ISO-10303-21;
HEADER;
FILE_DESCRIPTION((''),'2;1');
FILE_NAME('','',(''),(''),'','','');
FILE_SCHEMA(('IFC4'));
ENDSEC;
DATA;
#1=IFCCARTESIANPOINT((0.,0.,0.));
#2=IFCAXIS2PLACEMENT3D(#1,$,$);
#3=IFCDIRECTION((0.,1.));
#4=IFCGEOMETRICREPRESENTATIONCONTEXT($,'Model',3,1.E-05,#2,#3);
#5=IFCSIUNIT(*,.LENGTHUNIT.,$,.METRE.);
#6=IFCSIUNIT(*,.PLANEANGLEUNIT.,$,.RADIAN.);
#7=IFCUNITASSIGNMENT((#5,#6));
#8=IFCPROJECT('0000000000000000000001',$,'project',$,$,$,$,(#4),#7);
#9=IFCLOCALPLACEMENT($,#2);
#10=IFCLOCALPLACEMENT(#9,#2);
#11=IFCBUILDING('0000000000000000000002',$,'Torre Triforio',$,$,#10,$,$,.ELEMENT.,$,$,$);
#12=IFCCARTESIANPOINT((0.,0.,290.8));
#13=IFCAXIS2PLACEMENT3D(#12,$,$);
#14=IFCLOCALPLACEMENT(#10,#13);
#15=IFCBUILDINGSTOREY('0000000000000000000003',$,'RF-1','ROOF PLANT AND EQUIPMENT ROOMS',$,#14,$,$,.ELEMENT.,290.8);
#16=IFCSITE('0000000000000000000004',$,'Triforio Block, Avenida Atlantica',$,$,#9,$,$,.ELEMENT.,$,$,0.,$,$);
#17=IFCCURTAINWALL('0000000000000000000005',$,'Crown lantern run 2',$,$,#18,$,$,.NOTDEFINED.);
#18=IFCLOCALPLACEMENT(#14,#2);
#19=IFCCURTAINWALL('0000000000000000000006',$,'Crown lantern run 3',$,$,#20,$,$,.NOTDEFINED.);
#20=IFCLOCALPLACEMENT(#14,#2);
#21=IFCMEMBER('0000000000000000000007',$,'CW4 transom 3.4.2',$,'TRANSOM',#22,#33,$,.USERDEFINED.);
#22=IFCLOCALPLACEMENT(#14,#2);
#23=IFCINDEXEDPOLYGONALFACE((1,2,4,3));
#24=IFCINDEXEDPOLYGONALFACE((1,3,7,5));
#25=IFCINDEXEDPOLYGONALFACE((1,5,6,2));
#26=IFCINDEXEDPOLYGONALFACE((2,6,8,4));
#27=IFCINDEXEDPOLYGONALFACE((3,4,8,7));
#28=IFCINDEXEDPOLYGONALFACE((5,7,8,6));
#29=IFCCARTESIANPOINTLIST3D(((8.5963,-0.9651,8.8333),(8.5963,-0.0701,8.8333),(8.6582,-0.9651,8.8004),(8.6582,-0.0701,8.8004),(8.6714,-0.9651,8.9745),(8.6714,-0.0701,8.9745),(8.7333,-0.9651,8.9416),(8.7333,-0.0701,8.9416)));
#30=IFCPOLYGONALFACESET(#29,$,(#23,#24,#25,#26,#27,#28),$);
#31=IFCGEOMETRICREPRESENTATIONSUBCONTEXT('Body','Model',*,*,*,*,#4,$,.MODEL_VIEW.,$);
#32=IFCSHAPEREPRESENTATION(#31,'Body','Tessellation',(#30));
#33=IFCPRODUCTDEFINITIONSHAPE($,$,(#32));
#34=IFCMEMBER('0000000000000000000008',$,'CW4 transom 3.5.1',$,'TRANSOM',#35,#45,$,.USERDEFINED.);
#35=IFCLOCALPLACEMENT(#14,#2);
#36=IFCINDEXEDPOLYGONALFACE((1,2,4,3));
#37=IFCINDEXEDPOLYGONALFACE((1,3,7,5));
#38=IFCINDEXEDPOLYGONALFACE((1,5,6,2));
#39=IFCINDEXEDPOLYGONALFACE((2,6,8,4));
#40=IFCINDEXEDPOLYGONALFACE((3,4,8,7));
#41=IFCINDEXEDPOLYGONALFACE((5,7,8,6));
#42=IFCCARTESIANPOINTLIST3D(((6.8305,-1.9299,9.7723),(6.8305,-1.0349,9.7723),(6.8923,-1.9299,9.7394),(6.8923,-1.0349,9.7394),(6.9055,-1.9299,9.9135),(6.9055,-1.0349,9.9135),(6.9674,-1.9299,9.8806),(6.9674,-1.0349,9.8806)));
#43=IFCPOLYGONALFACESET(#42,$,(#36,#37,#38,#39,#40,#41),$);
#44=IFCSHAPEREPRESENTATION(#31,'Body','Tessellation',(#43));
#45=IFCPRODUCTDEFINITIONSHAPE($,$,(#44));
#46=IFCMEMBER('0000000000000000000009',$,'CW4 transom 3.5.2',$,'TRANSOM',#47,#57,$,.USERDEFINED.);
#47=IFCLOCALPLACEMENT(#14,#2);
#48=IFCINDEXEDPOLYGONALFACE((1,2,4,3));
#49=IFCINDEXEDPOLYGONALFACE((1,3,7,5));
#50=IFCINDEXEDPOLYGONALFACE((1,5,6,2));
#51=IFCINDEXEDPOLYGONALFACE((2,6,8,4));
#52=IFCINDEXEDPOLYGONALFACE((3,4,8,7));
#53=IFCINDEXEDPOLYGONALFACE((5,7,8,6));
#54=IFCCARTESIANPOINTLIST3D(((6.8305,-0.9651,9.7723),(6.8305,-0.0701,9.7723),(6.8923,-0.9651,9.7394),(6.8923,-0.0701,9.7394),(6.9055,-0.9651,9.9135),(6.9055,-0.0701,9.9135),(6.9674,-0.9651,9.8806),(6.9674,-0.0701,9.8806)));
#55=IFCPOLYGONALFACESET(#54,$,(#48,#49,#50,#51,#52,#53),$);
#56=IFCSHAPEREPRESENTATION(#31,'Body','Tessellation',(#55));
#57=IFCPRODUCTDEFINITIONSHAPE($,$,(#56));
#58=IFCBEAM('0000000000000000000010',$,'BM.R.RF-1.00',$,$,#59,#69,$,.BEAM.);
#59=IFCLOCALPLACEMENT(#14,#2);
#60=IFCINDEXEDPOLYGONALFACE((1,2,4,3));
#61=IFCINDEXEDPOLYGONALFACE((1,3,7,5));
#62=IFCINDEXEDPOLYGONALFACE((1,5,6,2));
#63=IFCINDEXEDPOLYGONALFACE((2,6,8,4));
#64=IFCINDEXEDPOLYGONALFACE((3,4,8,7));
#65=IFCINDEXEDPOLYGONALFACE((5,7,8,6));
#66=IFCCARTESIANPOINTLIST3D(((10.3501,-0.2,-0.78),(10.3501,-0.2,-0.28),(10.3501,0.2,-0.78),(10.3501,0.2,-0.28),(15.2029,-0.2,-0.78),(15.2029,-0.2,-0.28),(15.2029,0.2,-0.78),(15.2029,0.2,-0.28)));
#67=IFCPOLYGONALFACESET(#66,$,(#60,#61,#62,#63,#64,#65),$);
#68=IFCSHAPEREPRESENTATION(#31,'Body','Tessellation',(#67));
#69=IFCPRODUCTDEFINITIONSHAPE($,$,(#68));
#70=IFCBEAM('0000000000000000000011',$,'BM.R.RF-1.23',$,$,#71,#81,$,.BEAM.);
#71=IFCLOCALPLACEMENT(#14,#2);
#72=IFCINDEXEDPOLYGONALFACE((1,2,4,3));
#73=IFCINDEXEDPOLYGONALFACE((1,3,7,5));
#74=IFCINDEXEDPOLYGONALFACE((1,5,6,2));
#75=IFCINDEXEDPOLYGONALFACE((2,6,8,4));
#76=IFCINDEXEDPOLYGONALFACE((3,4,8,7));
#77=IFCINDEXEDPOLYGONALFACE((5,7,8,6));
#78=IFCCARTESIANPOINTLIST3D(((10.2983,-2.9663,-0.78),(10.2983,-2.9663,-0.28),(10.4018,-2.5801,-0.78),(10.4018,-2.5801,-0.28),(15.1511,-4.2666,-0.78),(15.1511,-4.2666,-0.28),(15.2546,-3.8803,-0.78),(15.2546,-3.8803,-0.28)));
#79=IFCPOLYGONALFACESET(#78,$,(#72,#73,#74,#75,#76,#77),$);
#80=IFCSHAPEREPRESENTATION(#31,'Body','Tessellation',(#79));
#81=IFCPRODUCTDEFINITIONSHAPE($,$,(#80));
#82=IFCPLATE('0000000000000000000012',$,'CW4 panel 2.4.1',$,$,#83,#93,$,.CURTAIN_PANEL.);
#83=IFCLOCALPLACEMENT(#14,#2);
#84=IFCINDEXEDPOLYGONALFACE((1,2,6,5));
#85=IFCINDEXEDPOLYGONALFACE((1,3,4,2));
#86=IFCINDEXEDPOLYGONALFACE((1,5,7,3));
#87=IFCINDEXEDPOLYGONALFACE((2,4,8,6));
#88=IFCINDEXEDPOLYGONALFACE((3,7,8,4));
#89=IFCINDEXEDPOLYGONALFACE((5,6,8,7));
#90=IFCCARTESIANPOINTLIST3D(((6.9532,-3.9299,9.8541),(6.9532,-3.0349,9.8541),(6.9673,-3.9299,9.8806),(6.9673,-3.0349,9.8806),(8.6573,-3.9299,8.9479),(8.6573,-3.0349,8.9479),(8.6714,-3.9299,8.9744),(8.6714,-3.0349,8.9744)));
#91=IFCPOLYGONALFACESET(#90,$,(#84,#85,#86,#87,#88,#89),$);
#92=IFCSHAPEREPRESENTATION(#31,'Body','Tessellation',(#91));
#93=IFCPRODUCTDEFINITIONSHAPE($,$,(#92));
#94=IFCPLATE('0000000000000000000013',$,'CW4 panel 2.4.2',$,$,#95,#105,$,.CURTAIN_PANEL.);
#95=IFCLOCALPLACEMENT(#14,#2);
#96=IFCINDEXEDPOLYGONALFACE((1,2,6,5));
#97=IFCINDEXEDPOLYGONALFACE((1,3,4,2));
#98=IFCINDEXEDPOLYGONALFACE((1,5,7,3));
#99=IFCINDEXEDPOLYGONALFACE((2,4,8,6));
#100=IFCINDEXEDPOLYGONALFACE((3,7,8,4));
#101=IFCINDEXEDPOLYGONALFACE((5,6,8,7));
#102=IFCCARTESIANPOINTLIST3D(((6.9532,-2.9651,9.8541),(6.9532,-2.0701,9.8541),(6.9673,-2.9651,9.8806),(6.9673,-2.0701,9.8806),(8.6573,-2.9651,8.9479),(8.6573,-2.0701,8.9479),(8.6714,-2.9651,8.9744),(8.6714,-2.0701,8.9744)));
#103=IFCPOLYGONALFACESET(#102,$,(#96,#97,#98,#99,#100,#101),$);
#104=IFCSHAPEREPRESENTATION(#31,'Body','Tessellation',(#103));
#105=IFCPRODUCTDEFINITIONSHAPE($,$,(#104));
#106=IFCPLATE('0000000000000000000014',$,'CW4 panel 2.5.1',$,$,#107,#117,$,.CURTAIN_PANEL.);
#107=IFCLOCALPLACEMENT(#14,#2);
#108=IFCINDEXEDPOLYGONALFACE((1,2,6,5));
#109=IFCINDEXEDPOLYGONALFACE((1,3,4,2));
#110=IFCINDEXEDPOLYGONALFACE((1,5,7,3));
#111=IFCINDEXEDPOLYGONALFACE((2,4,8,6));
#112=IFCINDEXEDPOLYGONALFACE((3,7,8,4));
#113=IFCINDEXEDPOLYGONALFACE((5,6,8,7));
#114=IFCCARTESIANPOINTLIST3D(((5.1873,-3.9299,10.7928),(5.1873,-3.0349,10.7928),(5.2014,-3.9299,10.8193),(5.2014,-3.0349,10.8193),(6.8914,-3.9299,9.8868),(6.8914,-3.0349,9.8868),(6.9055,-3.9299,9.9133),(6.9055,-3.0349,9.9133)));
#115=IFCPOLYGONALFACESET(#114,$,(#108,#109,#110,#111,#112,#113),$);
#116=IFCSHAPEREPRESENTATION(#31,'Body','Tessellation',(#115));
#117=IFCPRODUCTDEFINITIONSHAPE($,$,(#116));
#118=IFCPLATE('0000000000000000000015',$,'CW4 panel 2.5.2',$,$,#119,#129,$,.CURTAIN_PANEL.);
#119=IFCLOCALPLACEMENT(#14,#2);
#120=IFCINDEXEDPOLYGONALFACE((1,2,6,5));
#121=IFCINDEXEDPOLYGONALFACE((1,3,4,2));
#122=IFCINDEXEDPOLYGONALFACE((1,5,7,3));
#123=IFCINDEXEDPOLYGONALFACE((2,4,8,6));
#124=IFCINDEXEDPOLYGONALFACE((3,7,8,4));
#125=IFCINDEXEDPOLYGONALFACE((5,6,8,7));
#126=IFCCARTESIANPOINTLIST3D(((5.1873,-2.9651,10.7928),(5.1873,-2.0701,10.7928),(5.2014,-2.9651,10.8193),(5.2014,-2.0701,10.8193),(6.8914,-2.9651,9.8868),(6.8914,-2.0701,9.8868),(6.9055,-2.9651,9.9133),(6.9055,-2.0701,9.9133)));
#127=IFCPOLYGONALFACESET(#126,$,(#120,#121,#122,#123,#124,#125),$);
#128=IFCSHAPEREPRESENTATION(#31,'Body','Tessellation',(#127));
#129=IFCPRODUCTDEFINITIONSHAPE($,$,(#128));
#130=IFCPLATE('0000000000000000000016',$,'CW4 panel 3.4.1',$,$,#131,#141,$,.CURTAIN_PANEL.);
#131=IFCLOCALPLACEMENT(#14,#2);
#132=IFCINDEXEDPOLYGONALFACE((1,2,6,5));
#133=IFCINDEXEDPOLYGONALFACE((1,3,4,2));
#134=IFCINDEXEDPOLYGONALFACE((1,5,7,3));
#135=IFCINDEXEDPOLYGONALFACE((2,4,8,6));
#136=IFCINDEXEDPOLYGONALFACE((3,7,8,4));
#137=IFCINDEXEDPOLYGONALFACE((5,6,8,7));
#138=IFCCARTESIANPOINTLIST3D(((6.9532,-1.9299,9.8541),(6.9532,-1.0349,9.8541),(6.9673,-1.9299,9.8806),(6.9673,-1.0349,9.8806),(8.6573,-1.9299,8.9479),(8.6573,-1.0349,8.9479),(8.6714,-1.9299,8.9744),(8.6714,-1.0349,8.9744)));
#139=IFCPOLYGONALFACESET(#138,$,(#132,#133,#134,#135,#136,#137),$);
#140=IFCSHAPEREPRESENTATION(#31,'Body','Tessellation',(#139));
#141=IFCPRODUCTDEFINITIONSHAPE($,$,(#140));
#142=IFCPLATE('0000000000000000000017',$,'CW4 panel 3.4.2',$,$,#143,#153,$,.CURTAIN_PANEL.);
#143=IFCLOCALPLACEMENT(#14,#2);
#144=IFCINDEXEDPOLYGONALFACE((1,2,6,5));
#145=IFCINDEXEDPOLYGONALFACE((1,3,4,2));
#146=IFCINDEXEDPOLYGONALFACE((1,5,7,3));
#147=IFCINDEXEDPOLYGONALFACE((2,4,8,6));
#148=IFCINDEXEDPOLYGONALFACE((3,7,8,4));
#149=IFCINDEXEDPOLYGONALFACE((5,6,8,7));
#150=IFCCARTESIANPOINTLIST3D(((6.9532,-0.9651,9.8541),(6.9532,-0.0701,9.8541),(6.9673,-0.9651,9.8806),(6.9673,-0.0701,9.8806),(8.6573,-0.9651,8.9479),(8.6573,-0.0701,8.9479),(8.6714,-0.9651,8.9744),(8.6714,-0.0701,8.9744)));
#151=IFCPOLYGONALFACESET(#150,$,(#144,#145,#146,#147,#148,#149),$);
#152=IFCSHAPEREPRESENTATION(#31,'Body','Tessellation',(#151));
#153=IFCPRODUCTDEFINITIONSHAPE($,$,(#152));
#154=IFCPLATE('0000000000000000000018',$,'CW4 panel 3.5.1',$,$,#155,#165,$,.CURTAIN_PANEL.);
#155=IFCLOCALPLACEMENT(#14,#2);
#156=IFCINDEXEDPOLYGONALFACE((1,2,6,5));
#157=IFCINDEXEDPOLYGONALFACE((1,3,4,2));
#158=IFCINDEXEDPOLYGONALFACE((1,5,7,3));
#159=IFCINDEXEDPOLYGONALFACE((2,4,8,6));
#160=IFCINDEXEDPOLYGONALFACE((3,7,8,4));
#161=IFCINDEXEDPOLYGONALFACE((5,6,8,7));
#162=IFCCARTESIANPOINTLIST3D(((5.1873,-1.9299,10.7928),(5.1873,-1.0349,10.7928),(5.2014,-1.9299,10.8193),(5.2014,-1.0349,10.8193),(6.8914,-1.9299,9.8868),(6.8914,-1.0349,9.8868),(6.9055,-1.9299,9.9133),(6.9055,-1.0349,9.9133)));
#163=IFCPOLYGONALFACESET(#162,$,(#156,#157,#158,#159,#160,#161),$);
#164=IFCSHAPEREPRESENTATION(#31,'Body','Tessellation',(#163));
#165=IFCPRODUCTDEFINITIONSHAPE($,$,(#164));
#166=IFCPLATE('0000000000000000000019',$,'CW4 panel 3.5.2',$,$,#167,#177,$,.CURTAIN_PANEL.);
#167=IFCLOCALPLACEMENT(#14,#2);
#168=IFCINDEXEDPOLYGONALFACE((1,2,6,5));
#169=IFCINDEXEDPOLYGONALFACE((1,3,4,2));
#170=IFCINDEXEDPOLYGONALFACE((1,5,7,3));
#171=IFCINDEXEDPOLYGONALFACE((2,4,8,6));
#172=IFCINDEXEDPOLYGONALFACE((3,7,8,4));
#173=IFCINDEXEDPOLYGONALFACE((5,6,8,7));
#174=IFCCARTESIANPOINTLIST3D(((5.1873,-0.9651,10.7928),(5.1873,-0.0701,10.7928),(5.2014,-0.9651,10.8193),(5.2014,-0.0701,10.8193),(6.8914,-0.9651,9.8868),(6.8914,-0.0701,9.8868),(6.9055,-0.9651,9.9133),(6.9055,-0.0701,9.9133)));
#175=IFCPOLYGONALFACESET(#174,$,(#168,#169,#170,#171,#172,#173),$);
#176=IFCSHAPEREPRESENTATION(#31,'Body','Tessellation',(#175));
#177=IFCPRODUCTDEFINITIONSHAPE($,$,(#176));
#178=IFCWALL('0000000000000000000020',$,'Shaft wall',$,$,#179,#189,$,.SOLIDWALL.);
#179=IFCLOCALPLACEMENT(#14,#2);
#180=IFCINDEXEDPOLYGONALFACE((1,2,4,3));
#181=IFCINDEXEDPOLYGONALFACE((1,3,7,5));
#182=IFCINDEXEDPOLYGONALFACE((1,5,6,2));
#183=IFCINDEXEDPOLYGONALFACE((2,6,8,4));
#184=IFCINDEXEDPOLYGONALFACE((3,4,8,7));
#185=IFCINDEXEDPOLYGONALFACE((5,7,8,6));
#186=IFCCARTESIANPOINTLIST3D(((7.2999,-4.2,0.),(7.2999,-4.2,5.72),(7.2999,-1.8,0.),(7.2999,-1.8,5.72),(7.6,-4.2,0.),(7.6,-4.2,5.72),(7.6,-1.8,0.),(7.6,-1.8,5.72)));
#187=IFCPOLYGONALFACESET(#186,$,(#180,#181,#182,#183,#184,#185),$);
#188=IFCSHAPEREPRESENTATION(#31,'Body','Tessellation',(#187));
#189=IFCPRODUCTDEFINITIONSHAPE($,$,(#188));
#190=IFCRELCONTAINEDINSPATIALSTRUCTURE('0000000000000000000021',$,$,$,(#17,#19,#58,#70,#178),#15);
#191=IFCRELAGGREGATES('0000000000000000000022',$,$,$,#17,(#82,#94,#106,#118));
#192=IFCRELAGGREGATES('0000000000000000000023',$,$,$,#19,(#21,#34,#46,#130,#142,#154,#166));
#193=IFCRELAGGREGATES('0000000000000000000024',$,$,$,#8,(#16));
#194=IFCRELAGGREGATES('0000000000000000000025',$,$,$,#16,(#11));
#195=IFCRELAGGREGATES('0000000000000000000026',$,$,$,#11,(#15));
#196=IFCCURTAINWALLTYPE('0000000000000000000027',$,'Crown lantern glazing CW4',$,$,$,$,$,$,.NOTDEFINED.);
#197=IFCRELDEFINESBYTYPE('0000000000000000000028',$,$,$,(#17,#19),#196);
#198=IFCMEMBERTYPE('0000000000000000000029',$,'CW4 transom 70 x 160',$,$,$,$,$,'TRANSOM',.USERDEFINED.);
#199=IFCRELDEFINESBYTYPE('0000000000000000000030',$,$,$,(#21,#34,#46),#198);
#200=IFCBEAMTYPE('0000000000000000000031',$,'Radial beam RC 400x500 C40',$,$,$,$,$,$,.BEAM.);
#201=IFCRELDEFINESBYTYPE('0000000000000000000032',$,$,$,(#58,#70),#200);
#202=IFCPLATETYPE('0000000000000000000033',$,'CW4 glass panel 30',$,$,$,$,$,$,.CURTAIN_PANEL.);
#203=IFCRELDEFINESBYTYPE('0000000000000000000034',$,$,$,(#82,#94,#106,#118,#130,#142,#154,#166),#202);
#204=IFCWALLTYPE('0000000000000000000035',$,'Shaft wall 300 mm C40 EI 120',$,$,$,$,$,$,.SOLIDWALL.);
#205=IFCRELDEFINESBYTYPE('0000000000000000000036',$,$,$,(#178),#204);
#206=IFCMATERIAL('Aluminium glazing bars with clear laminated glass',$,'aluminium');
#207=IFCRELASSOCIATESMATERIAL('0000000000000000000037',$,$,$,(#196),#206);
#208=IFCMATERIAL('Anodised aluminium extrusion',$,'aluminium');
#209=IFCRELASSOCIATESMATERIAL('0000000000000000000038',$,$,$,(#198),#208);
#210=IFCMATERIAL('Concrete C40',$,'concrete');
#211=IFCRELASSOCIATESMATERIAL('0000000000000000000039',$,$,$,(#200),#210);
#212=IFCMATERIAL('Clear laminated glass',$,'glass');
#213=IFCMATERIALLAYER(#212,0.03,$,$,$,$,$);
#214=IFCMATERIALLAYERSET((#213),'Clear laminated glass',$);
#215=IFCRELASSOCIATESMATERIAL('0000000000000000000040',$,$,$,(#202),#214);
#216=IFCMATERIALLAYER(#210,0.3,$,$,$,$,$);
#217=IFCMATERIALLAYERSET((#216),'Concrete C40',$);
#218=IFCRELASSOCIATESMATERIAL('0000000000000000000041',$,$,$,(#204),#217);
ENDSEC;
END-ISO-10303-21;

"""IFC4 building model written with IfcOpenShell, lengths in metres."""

from ifc_helpers import new_model, si_unit, direction, frame, frame_2d, origin, origin_2d, place, context, subcontext, project, spatial, polyline, rectangle, outline, extrude, material, layer, layer_set, material_profile, profile_set, type_object, element, aggregate, save


model = new_model("IFC4")

# Units and contexts
model_context = context("Model", 3, precision=1e-05, world=origin(), true_north=direction((0.0, 1.0)))
body_context = subcontext(model_context, "Body", "Model", "MODEL_VIEW")
ifc_project = project(units=[si_unit("LENGTHUNIT", "METRE"), si_unit("PLANEANGLEUNIT", "RADIAN")], contexts=[model_context])

# Site, building, storey
site_placement = place(None, origin())
site = spatial("IfcSite", under=ifc_project, at=site_placement, Name="Triforio Block, Avenida Atlantica", CompositionType="ELEMENT", RefElevation=0.0)
building_placement = place(site_placement, origin())
building = spatial("IfcBuilding", under=site, at=building_placement, Name="Torre Triforio", CompositionType="ELEMENT")
storey_placement = place(building_placement, frame((0.0, 0.0, 290.8)))
storey = spatial("IfcBuildingStorey", under=building, at=storey_placement, Name="RF-1", Description="ROOF PLANT AND EQUIPMENT ROOMS", CompositionType="ELEMENT", Elevation=290.8)

# Shared definitions
ifc_material_1 = material(Name="Aluminium glazing bars with clear laminated glass", Category="aluminium")
curtain_wall_type = type_object("IfcCurtainWallType", Name="Crown lantern glazing CW4", PredefinedType="NOTDEFINED", material=ifc_material_1)
ifc_material_2 = material(Name="Anodised aluminium extrusion", Category="aluminium")

# Curtain walls
curtain_wall_1_placement = place(storey_placement, origin())
curtain_wall_1 = element("IfcCurtainWall", 1, at=curtain_wall_1_placement, inside=storey, type_object=curtain_wall_type, Name="Crown lantern run 2", PredefinedType="NOTDEFINED")
curtain_wall_2_placement = place(storey_placement, origin())
curtain_wall_2 = element("IfcCurtainWall", 2, at=curtain_wall_2_placement, inside=storey, type_object=curtain_wall_type, Name="Crown lantern run 3", PredefinedType="NOTDEFINED")

# Members
ifc_material_profile_1 = material_profile(ifc_material_2, rectangle(XDim=0.0701, YDim=0.1599, at=origin_2d()), Name="CW4 TRANSOM 70x160")
ifc_profile_set_1 = profile_set([ifc_material_profile_1], Name="Anodised aluminium extrusion")
member_type_1 = type_object("IfcMemberType", Name="CW4 transom 70 x 160", ElementType="TRANSOM", PredefinedType="USERDEFINED", material=ifc_profile_set_1)
member_1_placement = place(storey_placement, frame((8.6648, -0.9651, 8.8875), z_axis=(0.0, 1.0, 0.0), x_axis=(-0.882948, 0.0, 0.469472)))
member_1 = element("IfcMember", 3, at=member_1_placement, type_object=member_type_1, Name="CW4 transom 3.4.2", ObjectType="TRANSOM", PredefinedType="USERDEFINED", context=body_context, shape_type="SweptSolid", body=[
    extrude(rectangle(XDim=0.0701, YDim=0.1599, at=origin_2d()), origin(), (0.0, 0.0, 1.0), 0.895),
])
member_2_placement = place(storey_placement, frame((6.8989, -1.9299, 9.8264), z_axis=(0.0, 1.0, 0.0), x_axis=(-0.882948, 0.0, 0.469472)))
member_2 = element("IfcMember", 4, at=member_2_placement, type_object=member_type_1, Name="CW4 transom 3.5.1", ObjectType="TRANSOM", PredefinedType="USERDEFINED", context=body_context, shape_type="SweptSolid", body=[
    extrude(rectangle(XDim=0.0701, YDim=0.1599, at=origin_2d()), origin(), (0.0, 0.0, 1.0), 0.895),
])
member_3_placement = place(storey_placement, frame((6.8989, -0.9651, 9.8264), z_axis=(0.0, 1.0, 0.0), x_axis=(-0.882948, 0.0, 0.469472)))
member_3 = element("IfcMember", 5, at=member_3_placement, type_object=member_type_1, Name="CW4 transom 3.5.2", ObjectType="TRANSOM", PredefinedType="USERDEFINED", context=body_context, shape_type="SweptSolid", body=[
    extrude(rectangle(XDim=0.0701, YDim=0.1599, at=origin_2d()), origin(), (0.0, 0.0, 1.0), 0.895),
])

# Beams
ifc_material_3 = material(Name="Concrete C40", Category="concrete")
ifc_material_profile_2 = material_profile(ifc_material_3, rectangle(XDim=0.3999, YDim=0.5, at=origin_2d()), Name="RC 400x500")
ifc_profile_set_2 = profile_set([ifc_material_profile_2], Name="Concrete C40")
beam_type = type_object("IfcBeamType", Name="Radial beam RC 400x500 C40", PredefinedType="BEAM", material=ifc_profile_set_2)
beam_1_placement = place(storey_placement, frame((10.3501, 0.0, -0.53), z_axis=(1.0, 0.0, 0.0), x_axis=(0.0, 1.0, 0.0)))
element("IfcBeam", 6, at=beam_1_placement, inside=storey, type_object=beam_type, Name="BM.R.RF-1.00", PredefinedType="BEAM", context=body_context, shape_type="SweptSolid", body=[
    extrude(rectangle(XDim=0.3999, YDim=0.5, at=origin_2d()), origin(), (0.0, 0.0, 1.0), 4.8528),
])
beam_2_placement = place(storey_placement, frame((10.3501, -2.7732, -0.53), z_axis=(0.965926, -0.258818, 0.0), x_axis=(0.258818, 0.965926, 0.0)))
element("IfcBeam", 7, at=beam_2_placement, inside=storey, type_object=beam_type, Name="BM.R.RF-1.23", PredefinedType="BEAM", context=body_context, shape_type="SweptSolid", body=[
    extrude(rectangle(XDim=0.3999, YDim=0.5, at=origin_2d()), origin(), (0.0, 0.0, 1.0), 5.0239),
])

# Plates
ifc_material_4 = material(Name="Clear laminated glass", Category="glass")
ifc_layer_1 = layer(ifc_material_4, 0.03)
ifc_layer_set_1 = layer_set([ifc_layer_1], Name="Clear laminated glass")
plate_type = type_object("IfcPlateType", Name="CW4 glass panel 30", PredefinedType="CURTAIN_PANEL", material=ifc_layer_set_1)
plate_1_placement = place(storey_placement, frame((8.6714, -3.9299, 8.9744), z_axis=(0.469537, 0.0, 0.882913), x_axis=(0.0, 1.0, 0.0)))
plate_1 = element("IfcPlate", 8, at=plate_1_placement, type_object=plate_type, Name="CW4 panel 2.4.1", PredefinedType="CURTAIN_PANEL", context=body_context, shape_type="SweptSolid", body=[
    extrude(outline(polyline([(0.0, 0.0), (0.895, 0.0), (0.895, 1.9301), (0.0, 1.9301), (0.0, 0.0)])), origin(), (0.0, 0.0, -1.0), 0.03),
])
plate_2_placement = place(storey_placement, frame((8.6714, -2.9651, 8.9744), z_axis=(0.469537, 0.0, 0.882913), x_axis=(0.0, 1.0, 0.0)))
plate_2 = element("IfcPlate", 9, at=plate_2_placement, type_object=plate_type, Name="CW4 panel 2.4.2", PredefinedType="CURTAIN_PANEL", context=body_context, shape_type="SweptSolid", body=[
    extrude(outline(polyline([(0.0, 0.0), (0.895, 0.0), (0.895, 1.9301), (0.0, 1.9301), (0.0, 0.0)])), origin(), (0.0, 0.0, -1.0), 0.03),
])
plate_3_placement = place(storey_placement, frame((6.9055, -3.9299, 9.9133), z_axis=(0.469439, 0.0, 0.882965), x_axis=(0.0, 1.0, 0.0)))
plate_3 = element("IfcPlate", 10, at=plate_3_placement, type_object=plate_type, Name="CW4 panel 2.5.1", PredefinedType="CURTAIN_PANEL", context=body_context, shape_type="SweptSolid", body=[
    extrude(outline(polyline([(0.0, 0.0), (0.895, 0.0), (0.895, 1.93), (0.0, 1.93), (0.0, 0.0)])), origin(), (0.0, 0.0, -1.0), 0.03),
])
plate_4_placement = place(storey_placement, frame((6.9055, -2.9651, 9.9133), z_axis=(0.469439, 0.0, 0.882965), x_axis=(0.0, 1.0, 0.0)))
plate_4 = element("IfcPlate", 11, at=plate_4_placement, type_object=plate_type, Name="CW4 panel 2.5.2", PredefinedType="CURTAIN_PANEL", context=body_context, shape_type="SweptSolid", body=[
    extrude(outline(polyline([(0.0, 0.0), (0.895, 0.0), (0.895, 1.93), (0.0, 1.93), (0.0, 0.0)])), origin(), (0.0, 0.0, -1.0), 0.03),
])
aggregate(curtain_wall_1, [plate_1, plate_2, plate_3, plate_4])
plate_5_placement = place(storey_placement, frame((8.6714, -1.9299, 8.9744), z_axis=(0.469537, 0.0, 0.882913), x_axis=(0.0, 1.0, 0.0)))
plate_5 = element("IfcPlate", 12, at=plate_5_placement, type_object=plate_type, Name="CW4 panel 3.4.1", PredefinedType="CURTAIN_PANEL", context=body_context, shape_type="SweptSolid", body=[
    extrude(outline(polyline([(0.0, 0.0), (0.895, 0.0), (0.895, 1.9301), (0.0, 1.9301), (0.0, 0.0)])), origin(), (0.0, 0.0, -1.0), 0.03),
])
plate_6_placement = place(storey_placement, frame((8.6714, -0.9651, 8.9744), z_axis=(0.469537, 0.0, 0.882913), x_axis=(0.0, 1.0, 0.0)))
plate_6 = element("IfcPlate", 13, at=plate_6_placement, type_object=plate_type, Name="CW4 panel 3.4.2", PredefinedType="CURTAIN_PANEL", context=body_context, shape_type="SweptSolid", body=[
    extrude(outline(polyline([(0.0, 0.0), (0.895, 0.0), (0.895, 1.9301), (0.0, 1.9301), (0.0, 0.0)])), origin(), (0.0, 0.0, -1.0), 0.03),
])
plate_7_placement = place(storey_placement, frame((6.9055, -1.9299, 9.9133), z_axis=(0.469439, 0.0, 0.882965), x_axis=(0.0, 1.0, 0.0)))
plate_7 = element("IfcPlate", 14, at=plate_7_placement, type_object=plate_type, Name="CW4 panel 3.5.1", PredefinedType="CURTAIN_PANEL", context=body_context, shape_type="SweptSolid", body=[
    extrude(outline(polyline([(0.0, 0.0), (0.895, 0.0), (0.895, 1.93), (0.0, 1.93), (0.0, 0.0)])), origin(), (0.0, 0.0, -1.0), 0.03),
])
plate_8_placement = place(storey_placement, frame((6.9055, -0.9651, 9.9133), z_axis=(0.469439, 0.0, 0.882965), x_axis=(0.0, 1.0, 0.0)))
plate_8 = element("IfcPlate", 15, at=plate_8_placement, type_object=plate_type, Name="CW4 panel 3.5.2", PredefinedType="CURTAIN_PANEL", context=body_context, shape_type="SweptSolid", body=[
    extrude(outline(polyline([(0.0, 0.0), (0.895, 0.0), (0.895, 1.93), (0.0, 1.93), (0.0, 0.0)])), origin(), (0.0, 0.0, -1.0), 0.03),
])
aggregate(curtain_wall_2, [member_1, member_2, member_3, plate_5, plate_6, plate_7, plate_8])

# Wall
ifc_layer_2 = layer(ifc_material_3, 0.3)
ifc_layer_set_2 = layer_set([ifc_layer_2], Name="Concrete C40")
wall_type = type_object("IfcWallType", Name="Shaft wall 300 mm C40 EI 120", PredefinedType="SOLIDWALL", material=ifc_layer_set_2)
wall_placement = place(storey_placement, frame((7.45, -4.2, 0.0), z_axis=(0.0, 0.0, 1.0), x_axis=(0.0, 1.0, 0.0)))
element("IfcWall", 16, at=wall_placement, inside=storey, type_object=wall_type, Name="Shaft wall", PredefinedType="SOLIDWALL", context=body_context, shape_type="SweptSolid", body=[
    extrude(rectangle(XDim=2.3999, YDim=0.3, at=frame_2d((1.2, 0.0))), origin(), (0.0, 0.0, 1.0), 5.72),
])

save(model, "model.ifc")
